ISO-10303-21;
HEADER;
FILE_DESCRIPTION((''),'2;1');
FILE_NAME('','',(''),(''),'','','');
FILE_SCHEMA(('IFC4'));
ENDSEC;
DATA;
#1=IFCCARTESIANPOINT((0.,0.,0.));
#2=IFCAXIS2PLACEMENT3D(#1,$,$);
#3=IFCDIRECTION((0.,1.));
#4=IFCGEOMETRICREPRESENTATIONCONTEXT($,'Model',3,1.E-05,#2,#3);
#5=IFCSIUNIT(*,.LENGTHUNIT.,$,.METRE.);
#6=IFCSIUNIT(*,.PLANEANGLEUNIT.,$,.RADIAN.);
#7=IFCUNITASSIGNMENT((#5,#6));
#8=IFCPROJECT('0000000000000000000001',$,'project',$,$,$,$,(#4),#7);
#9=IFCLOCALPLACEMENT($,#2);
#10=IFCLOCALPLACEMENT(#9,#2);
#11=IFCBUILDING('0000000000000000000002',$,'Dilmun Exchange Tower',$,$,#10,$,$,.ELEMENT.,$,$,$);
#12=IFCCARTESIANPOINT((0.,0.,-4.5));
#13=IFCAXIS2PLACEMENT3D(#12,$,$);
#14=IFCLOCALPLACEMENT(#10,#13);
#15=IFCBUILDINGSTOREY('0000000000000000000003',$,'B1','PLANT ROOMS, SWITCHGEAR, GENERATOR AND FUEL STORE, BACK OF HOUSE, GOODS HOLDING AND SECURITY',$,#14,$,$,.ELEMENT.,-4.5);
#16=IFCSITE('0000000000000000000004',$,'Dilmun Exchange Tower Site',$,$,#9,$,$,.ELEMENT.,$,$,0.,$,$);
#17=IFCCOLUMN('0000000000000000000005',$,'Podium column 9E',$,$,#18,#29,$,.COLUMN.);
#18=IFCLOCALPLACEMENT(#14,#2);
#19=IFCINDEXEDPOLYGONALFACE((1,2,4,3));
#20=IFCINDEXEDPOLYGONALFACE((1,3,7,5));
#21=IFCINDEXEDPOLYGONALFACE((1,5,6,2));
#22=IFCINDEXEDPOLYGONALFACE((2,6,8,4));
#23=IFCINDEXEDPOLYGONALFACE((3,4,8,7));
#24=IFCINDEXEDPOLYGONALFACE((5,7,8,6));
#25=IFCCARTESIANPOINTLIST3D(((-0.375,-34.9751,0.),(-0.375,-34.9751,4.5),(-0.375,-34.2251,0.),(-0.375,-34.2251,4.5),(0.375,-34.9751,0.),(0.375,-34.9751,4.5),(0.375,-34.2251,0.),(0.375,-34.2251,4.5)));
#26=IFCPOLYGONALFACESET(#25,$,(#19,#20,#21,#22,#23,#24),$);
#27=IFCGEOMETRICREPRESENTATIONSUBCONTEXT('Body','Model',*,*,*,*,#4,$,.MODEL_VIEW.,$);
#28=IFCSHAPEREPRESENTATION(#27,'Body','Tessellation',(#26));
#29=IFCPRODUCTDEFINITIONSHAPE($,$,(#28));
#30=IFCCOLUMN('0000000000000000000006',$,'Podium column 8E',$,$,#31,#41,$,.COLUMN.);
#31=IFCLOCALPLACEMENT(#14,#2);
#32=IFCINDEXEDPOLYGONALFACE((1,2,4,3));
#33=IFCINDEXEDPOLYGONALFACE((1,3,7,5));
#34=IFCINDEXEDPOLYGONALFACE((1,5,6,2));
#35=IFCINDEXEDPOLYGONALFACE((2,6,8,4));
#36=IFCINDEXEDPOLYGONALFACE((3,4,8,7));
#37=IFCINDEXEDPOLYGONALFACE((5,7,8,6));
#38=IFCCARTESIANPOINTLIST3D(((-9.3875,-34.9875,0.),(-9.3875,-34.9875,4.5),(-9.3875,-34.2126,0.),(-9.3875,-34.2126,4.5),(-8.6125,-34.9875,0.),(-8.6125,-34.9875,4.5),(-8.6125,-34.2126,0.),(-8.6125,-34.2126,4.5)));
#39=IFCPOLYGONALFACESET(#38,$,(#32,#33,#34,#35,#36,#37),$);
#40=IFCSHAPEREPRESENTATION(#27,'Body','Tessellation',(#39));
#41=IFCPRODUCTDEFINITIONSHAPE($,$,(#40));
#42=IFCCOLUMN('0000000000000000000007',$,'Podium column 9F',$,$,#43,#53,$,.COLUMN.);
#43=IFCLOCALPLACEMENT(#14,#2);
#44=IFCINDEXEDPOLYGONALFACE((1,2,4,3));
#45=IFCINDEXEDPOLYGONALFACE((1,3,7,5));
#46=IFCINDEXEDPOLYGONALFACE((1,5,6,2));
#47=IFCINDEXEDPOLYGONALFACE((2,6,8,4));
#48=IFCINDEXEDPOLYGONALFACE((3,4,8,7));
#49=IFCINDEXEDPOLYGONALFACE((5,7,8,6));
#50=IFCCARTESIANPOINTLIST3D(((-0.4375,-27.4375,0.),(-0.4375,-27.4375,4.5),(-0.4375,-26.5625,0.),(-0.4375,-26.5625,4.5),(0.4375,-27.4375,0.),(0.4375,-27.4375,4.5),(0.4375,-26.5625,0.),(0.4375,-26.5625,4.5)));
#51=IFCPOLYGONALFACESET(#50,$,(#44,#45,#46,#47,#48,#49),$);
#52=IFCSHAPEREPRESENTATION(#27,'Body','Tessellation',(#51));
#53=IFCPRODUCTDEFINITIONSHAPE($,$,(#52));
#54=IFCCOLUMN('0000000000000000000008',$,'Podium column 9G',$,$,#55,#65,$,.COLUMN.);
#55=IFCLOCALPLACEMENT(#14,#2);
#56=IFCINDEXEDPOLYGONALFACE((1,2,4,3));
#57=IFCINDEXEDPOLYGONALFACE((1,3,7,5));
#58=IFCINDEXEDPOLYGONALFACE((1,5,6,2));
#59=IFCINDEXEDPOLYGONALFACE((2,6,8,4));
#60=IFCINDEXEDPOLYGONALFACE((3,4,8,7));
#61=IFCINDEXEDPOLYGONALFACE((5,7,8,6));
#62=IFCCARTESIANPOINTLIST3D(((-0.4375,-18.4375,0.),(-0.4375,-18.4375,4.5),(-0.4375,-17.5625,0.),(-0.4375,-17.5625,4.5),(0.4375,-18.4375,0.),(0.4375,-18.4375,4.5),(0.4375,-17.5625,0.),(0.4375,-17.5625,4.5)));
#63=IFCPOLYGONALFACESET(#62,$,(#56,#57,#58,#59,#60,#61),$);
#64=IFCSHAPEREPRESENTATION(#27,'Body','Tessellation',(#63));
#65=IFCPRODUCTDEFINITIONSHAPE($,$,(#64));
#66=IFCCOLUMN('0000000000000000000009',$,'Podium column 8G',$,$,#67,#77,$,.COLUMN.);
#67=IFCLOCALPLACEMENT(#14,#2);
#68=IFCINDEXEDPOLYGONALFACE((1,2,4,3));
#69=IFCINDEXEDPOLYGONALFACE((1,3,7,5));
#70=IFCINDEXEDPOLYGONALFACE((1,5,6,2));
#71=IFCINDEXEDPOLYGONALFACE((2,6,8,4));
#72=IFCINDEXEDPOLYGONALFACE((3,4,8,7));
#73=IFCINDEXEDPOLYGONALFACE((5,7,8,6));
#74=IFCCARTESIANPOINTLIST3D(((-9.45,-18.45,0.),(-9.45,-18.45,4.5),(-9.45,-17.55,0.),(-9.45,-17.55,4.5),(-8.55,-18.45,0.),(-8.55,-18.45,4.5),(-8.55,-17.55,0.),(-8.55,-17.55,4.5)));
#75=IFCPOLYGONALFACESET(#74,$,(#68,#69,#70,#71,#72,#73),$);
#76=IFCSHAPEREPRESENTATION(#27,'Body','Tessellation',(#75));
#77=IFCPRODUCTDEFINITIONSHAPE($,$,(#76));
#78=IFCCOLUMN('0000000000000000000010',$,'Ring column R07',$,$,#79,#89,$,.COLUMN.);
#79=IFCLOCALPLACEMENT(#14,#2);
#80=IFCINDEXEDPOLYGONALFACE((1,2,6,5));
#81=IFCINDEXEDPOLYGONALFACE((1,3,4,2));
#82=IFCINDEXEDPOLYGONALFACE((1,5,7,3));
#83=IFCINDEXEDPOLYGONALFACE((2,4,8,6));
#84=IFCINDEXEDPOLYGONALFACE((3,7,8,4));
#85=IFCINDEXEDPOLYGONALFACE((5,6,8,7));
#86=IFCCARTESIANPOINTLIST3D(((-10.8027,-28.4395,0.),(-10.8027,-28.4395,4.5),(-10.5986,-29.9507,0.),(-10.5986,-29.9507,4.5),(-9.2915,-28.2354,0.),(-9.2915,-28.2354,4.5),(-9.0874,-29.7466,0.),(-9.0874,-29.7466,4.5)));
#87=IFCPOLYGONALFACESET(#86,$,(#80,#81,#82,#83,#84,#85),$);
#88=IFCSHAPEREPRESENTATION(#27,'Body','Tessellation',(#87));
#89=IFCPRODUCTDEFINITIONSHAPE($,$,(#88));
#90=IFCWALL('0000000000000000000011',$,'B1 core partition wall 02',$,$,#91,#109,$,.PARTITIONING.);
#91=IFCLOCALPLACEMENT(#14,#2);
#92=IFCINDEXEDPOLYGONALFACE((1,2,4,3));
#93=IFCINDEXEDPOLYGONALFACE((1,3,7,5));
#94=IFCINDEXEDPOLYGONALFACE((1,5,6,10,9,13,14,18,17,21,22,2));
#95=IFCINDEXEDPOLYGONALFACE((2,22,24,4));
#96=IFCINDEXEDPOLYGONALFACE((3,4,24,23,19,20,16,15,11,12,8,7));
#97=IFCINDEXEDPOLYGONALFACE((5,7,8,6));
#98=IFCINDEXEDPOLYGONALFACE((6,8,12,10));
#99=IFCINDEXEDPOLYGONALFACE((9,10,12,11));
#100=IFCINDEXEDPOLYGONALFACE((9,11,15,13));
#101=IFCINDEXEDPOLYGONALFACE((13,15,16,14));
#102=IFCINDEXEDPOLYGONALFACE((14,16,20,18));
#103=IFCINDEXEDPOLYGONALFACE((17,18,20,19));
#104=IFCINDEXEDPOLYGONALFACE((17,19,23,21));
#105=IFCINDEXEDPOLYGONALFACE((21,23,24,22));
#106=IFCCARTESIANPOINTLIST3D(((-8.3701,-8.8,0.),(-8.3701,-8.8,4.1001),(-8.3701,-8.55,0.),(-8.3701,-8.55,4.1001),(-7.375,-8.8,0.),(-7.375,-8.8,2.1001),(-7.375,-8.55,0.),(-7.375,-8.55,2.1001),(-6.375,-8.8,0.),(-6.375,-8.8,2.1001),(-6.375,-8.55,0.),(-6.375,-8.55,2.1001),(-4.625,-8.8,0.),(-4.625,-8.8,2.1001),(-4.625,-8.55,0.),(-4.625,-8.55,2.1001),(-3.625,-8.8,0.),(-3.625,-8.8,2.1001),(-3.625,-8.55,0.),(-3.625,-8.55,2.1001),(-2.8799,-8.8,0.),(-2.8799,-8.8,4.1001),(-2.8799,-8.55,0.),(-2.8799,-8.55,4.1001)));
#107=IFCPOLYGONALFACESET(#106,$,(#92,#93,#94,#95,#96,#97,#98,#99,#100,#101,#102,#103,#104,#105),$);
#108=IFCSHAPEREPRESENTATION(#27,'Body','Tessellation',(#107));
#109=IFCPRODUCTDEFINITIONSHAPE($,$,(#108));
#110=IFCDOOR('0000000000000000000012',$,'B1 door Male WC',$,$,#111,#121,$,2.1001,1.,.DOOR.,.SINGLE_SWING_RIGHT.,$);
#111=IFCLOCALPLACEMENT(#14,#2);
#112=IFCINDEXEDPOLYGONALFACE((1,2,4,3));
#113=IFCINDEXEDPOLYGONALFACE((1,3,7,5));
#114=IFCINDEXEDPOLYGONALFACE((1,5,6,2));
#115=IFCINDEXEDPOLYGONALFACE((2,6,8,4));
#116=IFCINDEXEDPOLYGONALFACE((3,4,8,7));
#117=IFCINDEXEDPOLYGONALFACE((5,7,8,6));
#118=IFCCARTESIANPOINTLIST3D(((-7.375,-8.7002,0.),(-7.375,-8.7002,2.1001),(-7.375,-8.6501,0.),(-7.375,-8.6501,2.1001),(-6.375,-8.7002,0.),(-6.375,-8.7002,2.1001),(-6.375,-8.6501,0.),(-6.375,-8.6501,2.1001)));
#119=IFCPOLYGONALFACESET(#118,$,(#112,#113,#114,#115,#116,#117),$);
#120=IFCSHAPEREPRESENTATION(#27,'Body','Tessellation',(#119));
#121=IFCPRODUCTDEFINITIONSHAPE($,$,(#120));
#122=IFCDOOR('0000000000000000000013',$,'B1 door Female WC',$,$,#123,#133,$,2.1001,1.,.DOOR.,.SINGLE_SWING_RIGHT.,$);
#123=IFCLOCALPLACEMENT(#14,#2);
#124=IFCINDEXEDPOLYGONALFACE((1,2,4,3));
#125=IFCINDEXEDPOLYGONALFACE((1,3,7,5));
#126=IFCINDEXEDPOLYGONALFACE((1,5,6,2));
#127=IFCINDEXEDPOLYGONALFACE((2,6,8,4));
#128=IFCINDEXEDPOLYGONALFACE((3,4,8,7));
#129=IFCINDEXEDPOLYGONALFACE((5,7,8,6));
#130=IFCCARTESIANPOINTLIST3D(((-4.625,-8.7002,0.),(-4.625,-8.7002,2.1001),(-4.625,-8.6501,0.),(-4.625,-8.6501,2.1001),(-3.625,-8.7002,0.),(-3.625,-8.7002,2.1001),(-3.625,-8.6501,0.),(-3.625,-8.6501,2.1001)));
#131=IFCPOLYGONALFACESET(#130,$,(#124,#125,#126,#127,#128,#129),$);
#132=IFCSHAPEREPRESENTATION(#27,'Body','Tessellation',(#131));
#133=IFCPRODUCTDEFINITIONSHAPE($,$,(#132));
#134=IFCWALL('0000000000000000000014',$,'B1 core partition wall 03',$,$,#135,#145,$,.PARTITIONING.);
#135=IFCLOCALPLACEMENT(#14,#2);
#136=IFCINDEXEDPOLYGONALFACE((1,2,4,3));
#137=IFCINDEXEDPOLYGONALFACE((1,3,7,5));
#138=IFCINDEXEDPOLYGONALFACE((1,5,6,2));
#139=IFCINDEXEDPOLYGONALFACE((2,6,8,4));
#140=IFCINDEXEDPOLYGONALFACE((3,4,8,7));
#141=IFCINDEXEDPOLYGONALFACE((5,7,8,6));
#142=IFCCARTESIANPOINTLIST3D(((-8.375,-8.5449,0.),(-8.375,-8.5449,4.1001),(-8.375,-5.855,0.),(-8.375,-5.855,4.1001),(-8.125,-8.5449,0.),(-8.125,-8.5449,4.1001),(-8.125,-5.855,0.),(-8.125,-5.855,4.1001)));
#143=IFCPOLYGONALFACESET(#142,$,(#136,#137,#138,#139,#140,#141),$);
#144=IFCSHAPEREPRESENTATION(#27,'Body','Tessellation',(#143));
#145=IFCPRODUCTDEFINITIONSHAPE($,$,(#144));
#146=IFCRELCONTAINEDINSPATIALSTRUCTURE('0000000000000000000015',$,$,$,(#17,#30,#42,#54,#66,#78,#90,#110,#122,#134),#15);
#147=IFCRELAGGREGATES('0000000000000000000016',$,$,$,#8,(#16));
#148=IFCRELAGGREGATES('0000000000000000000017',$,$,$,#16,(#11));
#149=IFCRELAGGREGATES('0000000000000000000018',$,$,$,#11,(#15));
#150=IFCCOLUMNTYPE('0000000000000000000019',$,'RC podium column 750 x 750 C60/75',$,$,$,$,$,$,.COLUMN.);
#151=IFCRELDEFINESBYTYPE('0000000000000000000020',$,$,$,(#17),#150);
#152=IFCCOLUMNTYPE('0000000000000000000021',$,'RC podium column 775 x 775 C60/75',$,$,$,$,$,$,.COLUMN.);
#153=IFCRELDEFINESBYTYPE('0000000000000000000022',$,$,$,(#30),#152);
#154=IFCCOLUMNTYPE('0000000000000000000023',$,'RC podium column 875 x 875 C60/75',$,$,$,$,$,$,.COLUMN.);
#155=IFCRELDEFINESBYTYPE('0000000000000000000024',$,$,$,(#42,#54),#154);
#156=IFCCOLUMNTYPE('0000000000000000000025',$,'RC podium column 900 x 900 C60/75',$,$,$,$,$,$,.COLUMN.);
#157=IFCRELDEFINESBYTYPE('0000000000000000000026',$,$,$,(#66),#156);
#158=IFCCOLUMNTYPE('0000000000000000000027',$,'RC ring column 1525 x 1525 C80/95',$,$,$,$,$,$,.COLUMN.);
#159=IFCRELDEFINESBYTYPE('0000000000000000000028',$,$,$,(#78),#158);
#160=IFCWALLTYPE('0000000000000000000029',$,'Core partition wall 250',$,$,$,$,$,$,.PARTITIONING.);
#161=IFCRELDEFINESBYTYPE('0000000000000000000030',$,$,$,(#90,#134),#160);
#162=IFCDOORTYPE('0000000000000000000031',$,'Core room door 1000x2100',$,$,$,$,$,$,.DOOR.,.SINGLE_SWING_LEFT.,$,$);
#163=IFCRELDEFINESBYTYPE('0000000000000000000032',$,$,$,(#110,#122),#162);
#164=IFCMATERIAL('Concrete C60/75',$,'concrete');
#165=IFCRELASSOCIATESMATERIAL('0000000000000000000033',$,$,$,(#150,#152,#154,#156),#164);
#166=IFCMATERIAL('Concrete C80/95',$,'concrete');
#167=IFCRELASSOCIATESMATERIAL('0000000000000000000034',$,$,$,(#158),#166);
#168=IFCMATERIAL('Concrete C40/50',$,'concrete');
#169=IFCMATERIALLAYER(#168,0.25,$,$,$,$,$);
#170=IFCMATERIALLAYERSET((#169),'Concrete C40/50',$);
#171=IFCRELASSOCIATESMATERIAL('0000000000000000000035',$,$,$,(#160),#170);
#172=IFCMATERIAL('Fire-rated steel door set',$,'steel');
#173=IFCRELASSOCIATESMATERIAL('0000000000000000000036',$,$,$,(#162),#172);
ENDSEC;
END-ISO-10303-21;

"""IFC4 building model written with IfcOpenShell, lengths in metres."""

from ifc_helpers import new_model, si_unit, direction, frame, frame_2d, origin, origin_2d, place, context, subcontext, project, spatial, rectangle, extrude, material, layer, layer_set, material_profile, profile_set, type_object, element, fill, save


model = new_model("IFC4")

# Units and contexts
model_context = context("Model", 3, precision=1e-05, world=origin(), true_north=direction((0.0, 1.0)))
body_context = subcontext(model_context, "Body", "Model", "MODEL_VIEW")
ifc_project = project(units=[si_unit("LENGTHUNIT", "METRE"), si_unit("PLANEANGLEUNIT", "RADIAN")], contexts=[model_context])

# Site, building, storey
site_placement = place(None, origin())
site = spatial("IfcSite", under=ifc_project, at=site_placement, Name="Dilmun Exchange Tower Site", CompositionType="ELEMENT", RefElevation=0.0)
building_placement = place(site_placement, origin())
building = spatial("IfcBuilding", under=site, at=building_placement, Name="Dilmun Exchange Tower", CompositionType="ELEMENT")
storey_placement = place(building_placement, frame((0.0, 0.0, -4.5)))
storey = spatial("IfcBuildingStorey", under=building, at=storey_placement, Name="B1", Description="PLANT ROOMS, SWITCHGEAR, GENERATOR AND FUEL STORE, BACK OF HOUSE, GOODS HOLDING AND SECURITY", CompositionType="ELEMENT", Elevation=-4.5)

# Columns
ifc_material_1 = material(Name="Concrete C60/75", Category="concrete")
ifc_material_profile_1 = material_profile(ifc_material_1, rectangle(XDim=0.75, YDim=0.75, at=origin_2d()), Name="750 x 750")
ifc_profile_set_1 = profile_set([ifc_material_profile_1], Name="Concrete C60/75")
column_type_1 = type_object("IfcColumnType", Name="RC podium column 750 x 750 C60/75", PredefinedType="COLUMN", material=ifc_profile_set_1)
column_1_placement = place(storey_placement, frame((0.0, -34.6001, 0.0), z_axis=(0.0, 0.0, 1.0), x_axis=(1.0, 0.0, 0.0)))
element("IfcColumn", 1, at=column_1_placement, inside=storey, type_object=column_type_1, Name="Podium column 9E", PredefinedType="COLUMN", context=body_context, shape_type="SweptSolid", body=[
    extrude(rectangle(XDim=0.75, YDim=0.75, at=origin_2d()), origin(), (0.0, 0.0, 1.0), 4.5),
])
ifc_material_profile_2 = material_profile(ifc_material_1, rectangle(XDim=0.7749, YDim=0.7749, at=origin_2d()), Name="775 x 775")
ifc_profile_set_2 = profile_set([ifc_material_profile_2], Name="Concrete C60/75")
column_type_2 = type_object("IfcColumnType", Name="RC podium column 775 x 775 C60/75", PredefinedType="COLUMN", material=ifc_profile_set_2)
column_2_placement = place(storey_placement, frame((-9.0, -34.6001, 0.0), z_axis=(0.0, 0.0, 1.0), x_axis=(1.0, 0.0, 0.0)))
element("IfcColumn", 2, at=column_2_placement, inside=storey, type_object=column_type_2, Name="Podium column 8E", PredefinedType="COLUMN", context=body_context, shape_type="SweptSolid", body=[
    extrude(rectangle(XDim=0.7749, YDim=0.7749, at=origin_2d()), origin(), (0.0, 0.0, 1.0), 4.5),
])
ifc_material_profile_3 = material_profile(ifc_material_1, rectangle(XDim=0.875, YDim=0.875, at=origin_2d()), Name="875 x 875")
ifc_profile_set_3 = profile_set([ifc_material_profile_3], Name="Concrete C60/75")
column_type_3 = type_object("IfcColumnType", Name="RC podium column 875 x 875 C60/75", PredefinedType="COLUMN", material=ifc_profile_set_3)
for number, where, z_axis, x_axis, name in (
    (3, (0.0, -27.0, 0.0), (0.0, 0.0, 1.0), (1.0, 0.0, 0.0), "Podium column 9F"),
    (4, (0.0, -18.0, 0.0), (0.0, 0.0, 1.0), (1.0, 0.0, 0.0), "Podium column 9G"),
):
    element("IfcColumn", number, at=place(storey_placement, frame(where, z_axis=z_axis, x_axis=x_axis)), inside=storey, type_object=column_type_3, Name=name, PredefinedType="COLUMN", context=body_context, shape_type="SweptSolid", body=[
        extrude(rectangle(XDim=0.875, YDim=0.875, at=origin_2d()), origin(), (0.0, 0.0, 1.0), 4.5),
    ])
ifc_material_profile_4 = material_profile(ifc_material_1, rectangle(XDim=0.8999, YDim=0.8999, at=origin_2d()), Name="900 x 900")
ifc_profile_set_4 = profile_set([ifc_material_profile_4], Name="Concrete C60/75")
column_type_4 = type_object("IfcColumnType", Name="RC podium column 900 x 900 C60/75", PredefinedType="COLUMN", material=ifc_profile_set_4)
column_3_placement = place(storey_placement, frame((-9.0, -18.0, 0.0), z_axis=(0.0, 0.0, 1.0), x_axis=(1.0, 0.0, 0.0)))
element("IfcColumn", 5, at=column_3_placement, inside=storey, type_object=column_type_4, Name="Podium column 8G", PredefinedType="COLUMN", context=body_context, shape_type="SweptSolid", body=[
    extrude(rectangle(XDim=0.8999, YDim=0.8999, at=origin_2d()), origin(), (0.0, 0.0, 1.0), 4.5),
])
ifc_material_2 = material(Name="Concrete C80/95", Category="concrete")
ifc_material_profile_5 = material_profile(ifc_material_2, rectangle(XDim=1.5249, YDim=1.5249, at=origin_2d()), Name="1525 x 1525")
ifc_profile_set_5 = profile_set([ifc_material_profile_5], Name="Concrete C80/95")
column_type_5 = type_object("IfcColumnType", Name="RC ring column 1525 x 1525 C80/95", PredefinedType="COLUMN", material=ifc_profile_set_5)
column_4_placement = place(storey_placement, frame((-9.9451, -29.093, 0.0), z_axis=(0.0, 0.0, 1.0), x_axis=(0.991001, 0.133853, 0.0)))
element("IfcColumn", 6, at=column_4_placement, inside=storey, type_object=column_type_5, Name="Ring column R07", PredefinedType="COLUMN", context=body_context, shape_type="SweptSolid", body=[
    extrude(rectangle(XDim=1.5249, YDim=1.5249, at=origin_2d()), origin(), (0.0, 0.0, 1.0), 4.5),
])

# Wall, openings, doors
ifc_material_3 = material(Name="Concrete C40/50", Category="concrete")
ifc_layer_1 = layer(ifc_material_3, 0.25)
ifc_layer_set_1 = layer_set([ifc_layer_1], Name="Concrete C40/50")
wall_type_1 = type_object("IfcWallType", Name="Core partition wall 250", PredefinedType="PARTITIONING", material=ifc_layer_set_1)
wall_1_placement = place(storey_placement, frame((-8.3701, -8.675, 0.0), z_axis=(0.0, 0.0, 1.0), x_axis=(1.0, 0.0, 0.0)))
wall_1 = element("IfcWall", 7, at=wall_1_placement, inside=storey, type_object=wall_type_1, Name="B1 core partition wall 02", PredefinedType="PARTITIONING", context=body_context, shape_type="SweptSolid", body=[
    extrude(rectangle(XDim=5.4902, YDim=0.25, at=frame_2d((2.7451, 0.0))), origin(), (0.0, 0.0, 1.0), 4.1001),
])
opening_1_placement = place(wall_1_placement, frame((0.9951, 0.0, 0.0)))
opening_1 = element("IfcOpeningElement", 8, at=opening_1_placement, cuts=wall_1, PredefinedType="OPENING", context=body_context, shape_type="SweptSolid", body=[
    extrude(rectangle(XDim=1.0, YDim=2.1001, at=frame_2d((0.5, 1.05))), frame((0.0, 0.135, 0.0), z_axis=(0.0, -1.0, 0.0), x_axis=(1.0, 0.0, 0.0)), (0.0, 0.0, 1.0), 0.27),
])
opening_2_placement = place(wall_1_placement, frame((3.7451, 0.0, 0.0)))
opening_2 = element("IfcOpeningElement", 9, at=opening_2_placement, cuts=wall_1, PredefinedType="OPENING", context=body_context, shape_type="SweptSolid", body=[
    extrude(rectangle(XDim=1.0, YDim=2.1001, at=frame_2d((0.5, 1.05))), frame((0.0, 0.135, 0.0), z_axis=(0.0, -1.0, 0.0), x_axis=(1.0, 0.0, 0.0)), (0.0, 0.0, 1.0), 0.27),
])
ifc_material_4 = material(Name="Fire-rated steel door set", Category="steel")
door_type_1 = type_object("IfcDoorType", Name="Core room door 1000x2100", OperationType="SINGLE_SWING_LEFT", PredefinedType="DOOR", material=ifc_material_4)
door_1_placement = place(opening_1_placement, origin())
door_1 = element("IfcDoor", 10, at=door_1_placement, inside=storey, type_object=door_type_1, Name="B1 door Male WC", OperationType="SINGLE_SWING_RIGHT", OverallHeight=2.1001, OverallWidth=1.0, PredefinedType="DOOR", context=body_context, shape_type="SweptSolid", body=[
    extrude(rectangle(XDim=1.0, YDim=2.1001, at=frame_2d((0.5, 1.05))), frame((0.0, 0.0249, 0.0), z_axis=(0.0, -1.0, 0.0), x_axis=(1.0, 0.0, 0.0)), (0.0, 0.0, 1.0), 0.05),
])
fill(opening_1, door_1)
door_2_placement = place(opening_2_placement, origin())
door_2 = element("IfcDoor", 11, at=door_2_placement, inside=storey, type_object=door_type_1, Name="B1 door Female WC", OperationType="SINGLE_SWING_RIGHT", OverallHeight=2.1001, OverallWidth=1.0, PredefinedType="DOOR", context=body_context, shape_type="SweptSolid", body=[
    extrude(rectangle(XDim=1.0, YDim=2.1001, at=frame_2d((0.5, 1.05))), frame((0.0, 0.0249, 0.0), z_axis=(0.0, -1.0, 0.0), x_axis=(1.0, 0.0, 0.0)), (0.0, 0.0, 1.0), 0.05),
])
fill(opening_2, door_2)

# Wall
wall_2_placement = place(storey_placement, frame((-8.25, -8.5449, 0.0), z_axis=(0.0, 0.0, 1.0), x_axis=(0.0, 1.0, 0.0)))
element("IfcWall", 12, at=wall_2_placement, inside=storey, type_object=wall_type_1, Name="B1 core partition wall 03", PredefinedType="PARTITIONING", context=body_context, shape_type="SweptSolid", body=[
    extrude(rectangle(XDim=2.6899, YDim=0.25, at=frame_2d((1.345, 0.0))), origin(), (0.0, 0.0, 1.0), 4.1001),
])

save(model, "model.ifc")
